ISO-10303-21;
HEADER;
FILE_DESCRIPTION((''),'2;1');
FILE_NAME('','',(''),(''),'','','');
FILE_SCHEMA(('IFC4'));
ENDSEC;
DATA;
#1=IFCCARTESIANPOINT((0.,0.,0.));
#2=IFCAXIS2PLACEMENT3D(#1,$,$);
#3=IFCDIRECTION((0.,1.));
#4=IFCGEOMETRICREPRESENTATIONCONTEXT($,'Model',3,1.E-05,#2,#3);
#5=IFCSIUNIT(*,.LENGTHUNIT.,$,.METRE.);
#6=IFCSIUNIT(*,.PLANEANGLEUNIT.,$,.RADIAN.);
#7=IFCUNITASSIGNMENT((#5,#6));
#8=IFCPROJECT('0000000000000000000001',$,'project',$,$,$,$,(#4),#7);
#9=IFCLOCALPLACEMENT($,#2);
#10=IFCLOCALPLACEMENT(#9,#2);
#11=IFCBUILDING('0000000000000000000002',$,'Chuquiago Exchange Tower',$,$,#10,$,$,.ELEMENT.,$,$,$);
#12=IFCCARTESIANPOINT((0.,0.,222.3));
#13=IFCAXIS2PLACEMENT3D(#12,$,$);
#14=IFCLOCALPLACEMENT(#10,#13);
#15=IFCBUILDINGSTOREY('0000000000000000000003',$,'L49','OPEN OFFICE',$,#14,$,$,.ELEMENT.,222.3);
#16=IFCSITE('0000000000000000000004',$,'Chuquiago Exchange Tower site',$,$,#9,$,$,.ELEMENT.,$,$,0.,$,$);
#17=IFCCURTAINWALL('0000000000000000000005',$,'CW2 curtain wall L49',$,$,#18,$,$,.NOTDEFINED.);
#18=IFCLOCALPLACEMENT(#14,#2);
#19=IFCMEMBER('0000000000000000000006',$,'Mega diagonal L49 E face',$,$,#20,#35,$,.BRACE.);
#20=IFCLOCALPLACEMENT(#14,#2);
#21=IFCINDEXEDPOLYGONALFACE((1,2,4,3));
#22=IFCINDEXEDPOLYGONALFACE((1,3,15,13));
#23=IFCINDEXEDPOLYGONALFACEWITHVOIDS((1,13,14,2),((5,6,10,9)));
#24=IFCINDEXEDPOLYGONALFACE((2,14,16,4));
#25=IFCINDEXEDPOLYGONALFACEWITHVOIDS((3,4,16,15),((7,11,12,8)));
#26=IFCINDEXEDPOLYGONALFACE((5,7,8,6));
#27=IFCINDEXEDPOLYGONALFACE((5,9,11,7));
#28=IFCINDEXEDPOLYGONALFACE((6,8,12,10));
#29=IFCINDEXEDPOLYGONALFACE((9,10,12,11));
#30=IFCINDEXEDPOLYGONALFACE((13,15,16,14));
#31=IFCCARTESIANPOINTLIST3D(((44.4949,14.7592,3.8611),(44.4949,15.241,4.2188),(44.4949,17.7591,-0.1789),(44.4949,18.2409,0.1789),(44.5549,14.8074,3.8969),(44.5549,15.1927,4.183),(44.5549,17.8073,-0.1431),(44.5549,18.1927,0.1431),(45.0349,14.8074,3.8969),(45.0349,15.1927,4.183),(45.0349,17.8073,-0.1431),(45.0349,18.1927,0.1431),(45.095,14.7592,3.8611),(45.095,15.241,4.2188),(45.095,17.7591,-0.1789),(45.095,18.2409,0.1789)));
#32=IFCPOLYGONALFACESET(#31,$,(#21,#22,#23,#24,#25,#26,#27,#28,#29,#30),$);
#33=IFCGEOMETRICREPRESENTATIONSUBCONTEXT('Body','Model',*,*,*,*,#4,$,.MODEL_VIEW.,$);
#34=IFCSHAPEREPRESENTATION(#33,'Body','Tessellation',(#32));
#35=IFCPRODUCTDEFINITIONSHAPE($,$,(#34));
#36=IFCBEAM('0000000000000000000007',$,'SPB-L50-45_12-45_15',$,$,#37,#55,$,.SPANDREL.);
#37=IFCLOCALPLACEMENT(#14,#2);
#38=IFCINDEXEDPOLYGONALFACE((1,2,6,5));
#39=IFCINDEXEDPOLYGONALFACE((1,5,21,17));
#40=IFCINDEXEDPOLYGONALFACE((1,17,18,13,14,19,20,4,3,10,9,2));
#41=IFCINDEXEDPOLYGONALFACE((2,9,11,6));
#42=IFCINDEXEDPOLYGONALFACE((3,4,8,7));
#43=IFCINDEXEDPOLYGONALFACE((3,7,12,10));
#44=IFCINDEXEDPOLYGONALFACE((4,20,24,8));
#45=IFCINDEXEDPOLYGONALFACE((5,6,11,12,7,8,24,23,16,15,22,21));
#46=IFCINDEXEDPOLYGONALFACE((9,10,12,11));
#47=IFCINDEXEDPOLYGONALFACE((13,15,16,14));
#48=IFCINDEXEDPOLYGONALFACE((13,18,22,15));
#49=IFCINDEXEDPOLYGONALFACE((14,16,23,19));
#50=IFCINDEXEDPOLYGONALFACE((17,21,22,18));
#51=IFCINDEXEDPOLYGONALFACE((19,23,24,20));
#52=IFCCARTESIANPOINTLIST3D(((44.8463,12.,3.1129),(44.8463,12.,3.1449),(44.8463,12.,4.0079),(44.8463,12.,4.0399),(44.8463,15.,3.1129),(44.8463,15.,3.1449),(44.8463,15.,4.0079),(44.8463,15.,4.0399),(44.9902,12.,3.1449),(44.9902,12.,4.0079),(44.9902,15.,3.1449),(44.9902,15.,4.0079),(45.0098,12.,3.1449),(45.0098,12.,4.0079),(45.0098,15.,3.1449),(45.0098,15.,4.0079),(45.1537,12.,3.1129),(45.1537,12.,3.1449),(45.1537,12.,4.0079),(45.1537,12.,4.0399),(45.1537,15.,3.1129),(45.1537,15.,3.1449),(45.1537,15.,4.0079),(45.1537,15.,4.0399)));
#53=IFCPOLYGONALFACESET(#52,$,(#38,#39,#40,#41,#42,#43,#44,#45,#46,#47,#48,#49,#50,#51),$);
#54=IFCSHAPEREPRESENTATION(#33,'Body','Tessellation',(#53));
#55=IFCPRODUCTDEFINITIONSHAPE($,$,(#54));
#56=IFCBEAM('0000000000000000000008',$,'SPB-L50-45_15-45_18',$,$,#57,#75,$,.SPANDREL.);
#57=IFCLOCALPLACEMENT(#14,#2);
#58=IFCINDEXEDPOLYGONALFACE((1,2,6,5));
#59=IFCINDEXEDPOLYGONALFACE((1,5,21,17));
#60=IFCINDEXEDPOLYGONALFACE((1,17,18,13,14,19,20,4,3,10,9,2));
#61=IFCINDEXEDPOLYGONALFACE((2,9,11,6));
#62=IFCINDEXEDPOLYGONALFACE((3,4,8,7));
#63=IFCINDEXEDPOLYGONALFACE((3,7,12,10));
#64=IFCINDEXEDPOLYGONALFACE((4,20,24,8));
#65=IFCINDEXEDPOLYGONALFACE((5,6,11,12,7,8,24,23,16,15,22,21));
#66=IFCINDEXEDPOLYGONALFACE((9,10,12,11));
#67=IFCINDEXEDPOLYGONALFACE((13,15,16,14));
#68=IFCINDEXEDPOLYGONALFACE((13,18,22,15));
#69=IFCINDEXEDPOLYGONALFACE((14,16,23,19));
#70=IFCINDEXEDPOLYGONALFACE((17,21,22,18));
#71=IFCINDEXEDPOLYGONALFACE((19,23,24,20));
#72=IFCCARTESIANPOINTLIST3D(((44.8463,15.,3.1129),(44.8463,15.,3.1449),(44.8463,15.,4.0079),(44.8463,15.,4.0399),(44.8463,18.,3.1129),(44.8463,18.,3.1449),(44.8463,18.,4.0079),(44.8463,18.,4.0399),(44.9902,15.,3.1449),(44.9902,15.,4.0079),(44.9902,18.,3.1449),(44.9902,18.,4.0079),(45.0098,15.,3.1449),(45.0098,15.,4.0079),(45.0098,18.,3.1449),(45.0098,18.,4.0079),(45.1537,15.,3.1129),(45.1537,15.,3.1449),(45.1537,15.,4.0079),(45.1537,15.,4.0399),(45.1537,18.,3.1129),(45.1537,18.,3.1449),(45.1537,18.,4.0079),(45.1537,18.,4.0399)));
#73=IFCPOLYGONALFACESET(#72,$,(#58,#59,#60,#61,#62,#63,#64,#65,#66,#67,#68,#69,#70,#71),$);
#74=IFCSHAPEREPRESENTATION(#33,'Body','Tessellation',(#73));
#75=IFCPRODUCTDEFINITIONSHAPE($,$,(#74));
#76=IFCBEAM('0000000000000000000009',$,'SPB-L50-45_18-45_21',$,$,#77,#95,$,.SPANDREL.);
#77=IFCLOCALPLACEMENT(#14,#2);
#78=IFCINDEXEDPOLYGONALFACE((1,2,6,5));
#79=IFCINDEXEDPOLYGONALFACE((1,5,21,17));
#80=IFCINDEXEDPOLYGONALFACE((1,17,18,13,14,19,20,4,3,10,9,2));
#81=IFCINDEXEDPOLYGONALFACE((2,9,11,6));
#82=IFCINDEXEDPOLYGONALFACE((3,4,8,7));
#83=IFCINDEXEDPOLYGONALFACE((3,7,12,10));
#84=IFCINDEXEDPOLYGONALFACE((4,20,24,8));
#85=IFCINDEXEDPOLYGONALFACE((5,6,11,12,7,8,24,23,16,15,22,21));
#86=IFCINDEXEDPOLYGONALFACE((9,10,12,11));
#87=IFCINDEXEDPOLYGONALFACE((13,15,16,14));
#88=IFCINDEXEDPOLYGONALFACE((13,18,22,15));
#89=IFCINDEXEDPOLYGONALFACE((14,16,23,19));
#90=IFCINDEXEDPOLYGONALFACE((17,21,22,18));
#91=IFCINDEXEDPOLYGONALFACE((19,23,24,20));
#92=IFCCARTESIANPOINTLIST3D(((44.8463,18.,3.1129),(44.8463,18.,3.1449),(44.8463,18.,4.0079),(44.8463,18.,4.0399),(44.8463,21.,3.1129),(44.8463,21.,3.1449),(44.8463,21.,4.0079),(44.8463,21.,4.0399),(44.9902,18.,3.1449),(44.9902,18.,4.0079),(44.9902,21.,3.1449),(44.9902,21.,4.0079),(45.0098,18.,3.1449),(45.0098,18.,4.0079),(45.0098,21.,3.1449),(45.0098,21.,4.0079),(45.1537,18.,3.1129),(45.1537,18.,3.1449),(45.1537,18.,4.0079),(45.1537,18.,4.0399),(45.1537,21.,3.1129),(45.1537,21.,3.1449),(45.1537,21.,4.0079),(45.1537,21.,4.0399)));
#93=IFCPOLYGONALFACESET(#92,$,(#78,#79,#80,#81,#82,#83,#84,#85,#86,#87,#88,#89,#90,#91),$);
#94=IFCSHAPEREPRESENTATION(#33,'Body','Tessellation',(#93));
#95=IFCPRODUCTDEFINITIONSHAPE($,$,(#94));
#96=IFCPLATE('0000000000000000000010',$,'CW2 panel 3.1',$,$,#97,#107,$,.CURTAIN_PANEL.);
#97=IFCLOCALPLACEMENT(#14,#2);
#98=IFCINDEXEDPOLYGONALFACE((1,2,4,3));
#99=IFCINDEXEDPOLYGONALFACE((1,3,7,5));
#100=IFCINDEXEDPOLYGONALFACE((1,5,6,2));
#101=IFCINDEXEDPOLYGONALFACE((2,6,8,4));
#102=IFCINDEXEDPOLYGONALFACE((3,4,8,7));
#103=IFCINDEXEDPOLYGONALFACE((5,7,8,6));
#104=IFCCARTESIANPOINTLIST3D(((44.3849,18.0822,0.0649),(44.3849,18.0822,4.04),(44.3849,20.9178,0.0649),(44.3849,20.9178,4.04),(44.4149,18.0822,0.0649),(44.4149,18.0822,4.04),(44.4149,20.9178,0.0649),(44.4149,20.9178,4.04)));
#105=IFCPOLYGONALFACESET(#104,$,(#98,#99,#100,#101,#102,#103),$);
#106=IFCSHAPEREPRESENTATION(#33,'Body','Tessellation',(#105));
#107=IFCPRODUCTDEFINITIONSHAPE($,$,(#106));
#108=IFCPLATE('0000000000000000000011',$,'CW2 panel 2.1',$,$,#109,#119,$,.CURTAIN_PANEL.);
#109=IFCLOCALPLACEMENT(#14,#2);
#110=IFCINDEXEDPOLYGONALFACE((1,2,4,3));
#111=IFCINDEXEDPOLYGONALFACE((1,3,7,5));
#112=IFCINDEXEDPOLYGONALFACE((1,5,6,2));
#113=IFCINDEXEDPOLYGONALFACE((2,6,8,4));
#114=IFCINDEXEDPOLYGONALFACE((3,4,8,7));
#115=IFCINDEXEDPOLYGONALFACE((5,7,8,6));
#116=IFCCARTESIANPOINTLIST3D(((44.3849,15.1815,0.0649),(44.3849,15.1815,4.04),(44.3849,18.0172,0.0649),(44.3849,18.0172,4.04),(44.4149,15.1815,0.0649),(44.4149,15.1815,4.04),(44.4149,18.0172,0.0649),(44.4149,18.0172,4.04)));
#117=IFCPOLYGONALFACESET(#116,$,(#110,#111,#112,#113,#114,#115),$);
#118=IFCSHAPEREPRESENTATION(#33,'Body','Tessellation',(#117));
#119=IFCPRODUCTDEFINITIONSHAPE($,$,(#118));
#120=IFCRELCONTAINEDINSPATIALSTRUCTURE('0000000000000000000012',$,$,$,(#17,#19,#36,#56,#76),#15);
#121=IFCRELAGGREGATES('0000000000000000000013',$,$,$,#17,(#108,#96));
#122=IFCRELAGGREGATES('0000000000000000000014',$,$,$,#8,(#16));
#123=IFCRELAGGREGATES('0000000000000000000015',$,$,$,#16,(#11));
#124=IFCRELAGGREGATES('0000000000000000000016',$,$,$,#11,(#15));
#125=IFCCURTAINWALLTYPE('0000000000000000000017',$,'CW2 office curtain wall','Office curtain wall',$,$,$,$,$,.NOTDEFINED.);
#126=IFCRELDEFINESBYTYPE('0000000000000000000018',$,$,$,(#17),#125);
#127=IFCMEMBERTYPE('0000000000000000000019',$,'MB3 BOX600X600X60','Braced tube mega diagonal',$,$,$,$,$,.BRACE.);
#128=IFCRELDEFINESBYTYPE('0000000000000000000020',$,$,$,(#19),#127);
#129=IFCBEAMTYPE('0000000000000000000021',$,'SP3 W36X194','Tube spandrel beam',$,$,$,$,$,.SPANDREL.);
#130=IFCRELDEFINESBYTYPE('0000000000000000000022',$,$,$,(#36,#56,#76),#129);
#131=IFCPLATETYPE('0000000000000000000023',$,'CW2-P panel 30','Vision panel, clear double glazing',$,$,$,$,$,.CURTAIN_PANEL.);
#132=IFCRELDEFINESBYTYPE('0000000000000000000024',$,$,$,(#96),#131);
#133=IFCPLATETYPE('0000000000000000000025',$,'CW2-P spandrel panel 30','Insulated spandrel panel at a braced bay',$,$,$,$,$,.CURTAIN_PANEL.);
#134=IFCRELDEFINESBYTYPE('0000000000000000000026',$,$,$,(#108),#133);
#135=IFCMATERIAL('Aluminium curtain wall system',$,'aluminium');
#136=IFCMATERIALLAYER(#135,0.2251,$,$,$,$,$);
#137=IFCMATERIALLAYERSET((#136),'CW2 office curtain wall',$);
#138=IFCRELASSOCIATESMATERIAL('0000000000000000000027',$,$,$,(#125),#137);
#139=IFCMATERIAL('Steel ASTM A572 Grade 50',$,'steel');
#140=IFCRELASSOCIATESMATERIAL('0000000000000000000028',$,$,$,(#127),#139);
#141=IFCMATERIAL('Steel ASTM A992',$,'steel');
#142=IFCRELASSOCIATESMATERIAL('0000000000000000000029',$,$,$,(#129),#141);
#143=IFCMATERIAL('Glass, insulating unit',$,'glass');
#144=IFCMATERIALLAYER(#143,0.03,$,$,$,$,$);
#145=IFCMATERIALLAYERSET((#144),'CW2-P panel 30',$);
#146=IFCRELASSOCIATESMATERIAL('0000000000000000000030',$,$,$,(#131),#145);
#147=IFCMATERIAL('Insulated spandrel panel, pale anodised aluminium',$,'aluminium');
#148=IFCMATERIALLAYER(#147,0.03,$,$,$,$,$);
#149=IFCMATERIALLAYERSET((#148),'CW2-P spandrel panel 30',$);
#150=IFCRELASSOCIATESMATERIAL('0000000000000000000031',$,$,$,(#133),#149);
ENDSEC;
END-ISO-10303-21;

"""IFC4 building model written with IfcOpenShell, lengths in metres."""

from ifc_helpers import new_model, si_unit, direction, frame, origin, origin_2d, place, context, subcontext, project, spatial, rectangle, hollow_rectangle, i_section, extrude, material, layer, layer_set, material_profile, profile_set, type_object, element, aggregate, save


model = new_model("IFC4")

# Units and contexts
model_context = context("Model", 3, precision=1e-05, world=origin(), true_north=direction((0.0, 1.0)))
body_context = subcontext(model_context, "Body", "Model", "MODEL_VIEW")
ifc_project = project(units=[si_unit("LENGTHUNIT", "METRE"), si_unit("PLANEANGLEUNIT", "RADIAN")], contexts=[model_context])

# Site, building, storey
site_placement = place(None, origin())
site = spatial("IfcSite", under=ifc_project, at=site_placement, Name="Chuquiago Exchange Tower site", CompositionType="ELEMENT", RefElevation=0.0)
building_placement = place(site_placement, origin())
building = spatial("IfcBuilding", under=site, at=building_placement, Name="Chuquiago Exchange Tower", CompositionType="ELEMENT")
storey_placement = place(building_placement, frame((0.0, 0.0, 222.3)))
storey = spatial("IfcBuildingStorey", under=building, at=storey_placement, Name="L49", Description="OPEN OFFICE", CompositionType="ELEMENT", Elevation=222.3)

# Curtain wall
ifc_material_1 = material(Name="Aluminium curtain wall system", Category="aluminium")
ifc_layer_1 = layer(ifc_material_1, 0.2251)
ifc_layer_set_1 = layer_set([ifc_layer_1], Name="CW2 office curtain wall")
curtain_wall_type = type_object("IfcCurtainWallType", Name="CW2 office curtain wall", Description="Office curtain wall", PredefinedType="NOTDEFINED", material=ifc_layer_set_1)
curtain_wall_placement = place(storey_placement, origin())
curtain_wall = element("IfcCurtainWall", 1, at=curtain_wall_placement, inside=storey, type_object=curtain_wall_type, Name="CW2 curtain wall L49", PredefinedType="NOTDEFINED")

# Member
ifc_material_2 = material(Name="Steel ASTM A572 Grade 50", Category="steel")
ifc_material_profile_1 = material_profile(ifc_material_2, hollow_rectangle(XDim=0.6001, YDim=0.6001, WallThickness=0.0601, at=origin_2d()), Name="BOX600X600X60")
ifc_profile_set_1 = profile_set([ifc_material_profile_1], Name="Steel ASTM A572 Grade 50")
member_type_1 = type_object("IfcMemberType", Name="MB3 BOX600X600X60", Description="Braced tube mega diagonal", PredefinedType="BRACE", material=ifc_profile_set_1)
for number, where, z_axis, x_axis, name in (
    (2, (44.7949, 18.0, 0.0), (0.0, -0.596174, 0.802855), (1.0, 0.0, 0.0), "Mega diagonal L49 E face"),
):
    element("IfcMember", number, at=place(storey_placement, frame(where, z_axis=z_axis, x_axis=x_axis)), inside=storey, type_object=member_type_1, Name=name, PredefinedType="BRACE", context=body_context, shape_type="SweptSolid", body=[
        extrude(hollow_rectangle(XDim=0.6001, YDim=0.6001, WallThickness=0.0601, at=origin_2d()), origin(), (0.0, 0.0, 1.0), 5.032),
    ])

# Beams
ifc_material_3 = material(Name="Steel ASTM A992", Category="steel")
ifc_material_profile_2 = material_profile(ifc_material_3, i_section(OverallWidth=0.3074, OverallDepth=0.927, WebThickness=0.0195, FlangeThickness=0.032, at=origin_2d()), Name="W36X194")
ifc_profile_set_2 = profile_set([ifc_material_profile_2], Name="Steel ASTM A992")
beam_type = type_object("IfcBeamType", Name="SP3 W36X194", Description="Tube spandrel beam", PredefinedType="SPANDREL", material=ifc_profile_set_2)
for number, where, z_axis, x_axis, name in (
    (3, (45.0, 12.0, 3.5764), (0.0, 1.0, 0.0), (-1.0, 0.0, 0.0), "SPB-L50-45_12-45_15"),
    (4, (45.0, 15.0, 3.5764), (0.0, 1.0, 0.0), (-1.0, 0.0, 0.0), "SPB-L50-45_15-45_18"),
    (5, (45.0, 18.0, 3.5764), (0.0, 1.0, 0.0), (-1.0, 0.0, 0.0), "SPB-L50-45_18-45_21"),
):
    element("IfcBeam", number, at=place(storey_placement, frame(where, z_axis=z_axis, x_axis=x_axis)), inside=storey, type_object=beam_type, Name=name, PredefinedType="SPANDREL", context=body_context, shape_type="SweptSolid", body=[
        extrude(i_section(OverallWidth=0.3074, OverallDepth=0.927, WebThickness=0.0195, FlangeThickness=0.032, at=origin_2d()), origin(), (0.0, 0.0, 1.0), 3.0),
    ])

# Plates
ifc_material_4 = material(Name="Glass, insulating unit", Category="glass")
ifc_layer_2 = layer(ifc_material_4, 0.03)
ifc_layer_set_2 = layer_set([ifc_layer_2], Name="CW2-P panel 30")
plate_type_1 = type_object("IfcPlateType", Name="CW2-P panel 30", Description="Vision panel, clear double glazing", PredefinedType="CURTAIN_PANEL", material=ifc_layer_set_2)
plate_1_placement = place(storey_placement, frame((44.3999, 19.5, 0.0649), z_axis=(0.0, 0.0, 1.0), x_axis=(0.0, 1.0, 0.0)))
plate_1 = element("IfcPlate", 6, at=plate_1_placement, type_object=plate_type_1, Name="CW2 panel 3.1", PredefinedType="CURTAIN_PANEL", context=body_context, shape_type="SweptSolid", body=[
    extrude(rectangle(XDim=2.8357, YDim=0.03, at=origin_2d()), origin(), (0.0, 0.0, 1.0), 3.9751),
])
ifc_material_5 = material(Name="Insulated spandrel panel, pale anodised aluminium", Category="aluminium")
ifc_layer_3 = layer(ifc_material_5, 0.03)
ifc_layer_set_3 = layer_set([ifc_layer_3], Name="CW2-P spandrel panel 30")
plate_type_2 = type_object("IfcPlateType", Name="CW2-P spandrel panel 30", Description="Insulated spandrel panel at a braced bay", PredefinedType="CURTAIN_PANEL", material=ifc_layer_set_3)
plate_2_placement = place(storey_placement, frame((44.3999, 16.5994, 0.0649), z_axis=(0.0, 0.0, 1.0), x_axis=(0.0, 1.0, 0.0)))
plate_2 = element("IfcPlate", 7, at=plate_2_placement, type_object=plate_type_2, Name="CW2 panel 2.1", PredefinedType="CURTAIN_PANEL", context=body_context, shape_type="SweptSolid", body=[
    extrude(rectangle(XDim=2.8357, YDim=0.03, at=origin_2d()), origin(), (0.0, 0.0, 1.0), 3.9751),
])
aggregate(curtain_wall, [plate_2, plate_1])

save(model, "model.ifc")
